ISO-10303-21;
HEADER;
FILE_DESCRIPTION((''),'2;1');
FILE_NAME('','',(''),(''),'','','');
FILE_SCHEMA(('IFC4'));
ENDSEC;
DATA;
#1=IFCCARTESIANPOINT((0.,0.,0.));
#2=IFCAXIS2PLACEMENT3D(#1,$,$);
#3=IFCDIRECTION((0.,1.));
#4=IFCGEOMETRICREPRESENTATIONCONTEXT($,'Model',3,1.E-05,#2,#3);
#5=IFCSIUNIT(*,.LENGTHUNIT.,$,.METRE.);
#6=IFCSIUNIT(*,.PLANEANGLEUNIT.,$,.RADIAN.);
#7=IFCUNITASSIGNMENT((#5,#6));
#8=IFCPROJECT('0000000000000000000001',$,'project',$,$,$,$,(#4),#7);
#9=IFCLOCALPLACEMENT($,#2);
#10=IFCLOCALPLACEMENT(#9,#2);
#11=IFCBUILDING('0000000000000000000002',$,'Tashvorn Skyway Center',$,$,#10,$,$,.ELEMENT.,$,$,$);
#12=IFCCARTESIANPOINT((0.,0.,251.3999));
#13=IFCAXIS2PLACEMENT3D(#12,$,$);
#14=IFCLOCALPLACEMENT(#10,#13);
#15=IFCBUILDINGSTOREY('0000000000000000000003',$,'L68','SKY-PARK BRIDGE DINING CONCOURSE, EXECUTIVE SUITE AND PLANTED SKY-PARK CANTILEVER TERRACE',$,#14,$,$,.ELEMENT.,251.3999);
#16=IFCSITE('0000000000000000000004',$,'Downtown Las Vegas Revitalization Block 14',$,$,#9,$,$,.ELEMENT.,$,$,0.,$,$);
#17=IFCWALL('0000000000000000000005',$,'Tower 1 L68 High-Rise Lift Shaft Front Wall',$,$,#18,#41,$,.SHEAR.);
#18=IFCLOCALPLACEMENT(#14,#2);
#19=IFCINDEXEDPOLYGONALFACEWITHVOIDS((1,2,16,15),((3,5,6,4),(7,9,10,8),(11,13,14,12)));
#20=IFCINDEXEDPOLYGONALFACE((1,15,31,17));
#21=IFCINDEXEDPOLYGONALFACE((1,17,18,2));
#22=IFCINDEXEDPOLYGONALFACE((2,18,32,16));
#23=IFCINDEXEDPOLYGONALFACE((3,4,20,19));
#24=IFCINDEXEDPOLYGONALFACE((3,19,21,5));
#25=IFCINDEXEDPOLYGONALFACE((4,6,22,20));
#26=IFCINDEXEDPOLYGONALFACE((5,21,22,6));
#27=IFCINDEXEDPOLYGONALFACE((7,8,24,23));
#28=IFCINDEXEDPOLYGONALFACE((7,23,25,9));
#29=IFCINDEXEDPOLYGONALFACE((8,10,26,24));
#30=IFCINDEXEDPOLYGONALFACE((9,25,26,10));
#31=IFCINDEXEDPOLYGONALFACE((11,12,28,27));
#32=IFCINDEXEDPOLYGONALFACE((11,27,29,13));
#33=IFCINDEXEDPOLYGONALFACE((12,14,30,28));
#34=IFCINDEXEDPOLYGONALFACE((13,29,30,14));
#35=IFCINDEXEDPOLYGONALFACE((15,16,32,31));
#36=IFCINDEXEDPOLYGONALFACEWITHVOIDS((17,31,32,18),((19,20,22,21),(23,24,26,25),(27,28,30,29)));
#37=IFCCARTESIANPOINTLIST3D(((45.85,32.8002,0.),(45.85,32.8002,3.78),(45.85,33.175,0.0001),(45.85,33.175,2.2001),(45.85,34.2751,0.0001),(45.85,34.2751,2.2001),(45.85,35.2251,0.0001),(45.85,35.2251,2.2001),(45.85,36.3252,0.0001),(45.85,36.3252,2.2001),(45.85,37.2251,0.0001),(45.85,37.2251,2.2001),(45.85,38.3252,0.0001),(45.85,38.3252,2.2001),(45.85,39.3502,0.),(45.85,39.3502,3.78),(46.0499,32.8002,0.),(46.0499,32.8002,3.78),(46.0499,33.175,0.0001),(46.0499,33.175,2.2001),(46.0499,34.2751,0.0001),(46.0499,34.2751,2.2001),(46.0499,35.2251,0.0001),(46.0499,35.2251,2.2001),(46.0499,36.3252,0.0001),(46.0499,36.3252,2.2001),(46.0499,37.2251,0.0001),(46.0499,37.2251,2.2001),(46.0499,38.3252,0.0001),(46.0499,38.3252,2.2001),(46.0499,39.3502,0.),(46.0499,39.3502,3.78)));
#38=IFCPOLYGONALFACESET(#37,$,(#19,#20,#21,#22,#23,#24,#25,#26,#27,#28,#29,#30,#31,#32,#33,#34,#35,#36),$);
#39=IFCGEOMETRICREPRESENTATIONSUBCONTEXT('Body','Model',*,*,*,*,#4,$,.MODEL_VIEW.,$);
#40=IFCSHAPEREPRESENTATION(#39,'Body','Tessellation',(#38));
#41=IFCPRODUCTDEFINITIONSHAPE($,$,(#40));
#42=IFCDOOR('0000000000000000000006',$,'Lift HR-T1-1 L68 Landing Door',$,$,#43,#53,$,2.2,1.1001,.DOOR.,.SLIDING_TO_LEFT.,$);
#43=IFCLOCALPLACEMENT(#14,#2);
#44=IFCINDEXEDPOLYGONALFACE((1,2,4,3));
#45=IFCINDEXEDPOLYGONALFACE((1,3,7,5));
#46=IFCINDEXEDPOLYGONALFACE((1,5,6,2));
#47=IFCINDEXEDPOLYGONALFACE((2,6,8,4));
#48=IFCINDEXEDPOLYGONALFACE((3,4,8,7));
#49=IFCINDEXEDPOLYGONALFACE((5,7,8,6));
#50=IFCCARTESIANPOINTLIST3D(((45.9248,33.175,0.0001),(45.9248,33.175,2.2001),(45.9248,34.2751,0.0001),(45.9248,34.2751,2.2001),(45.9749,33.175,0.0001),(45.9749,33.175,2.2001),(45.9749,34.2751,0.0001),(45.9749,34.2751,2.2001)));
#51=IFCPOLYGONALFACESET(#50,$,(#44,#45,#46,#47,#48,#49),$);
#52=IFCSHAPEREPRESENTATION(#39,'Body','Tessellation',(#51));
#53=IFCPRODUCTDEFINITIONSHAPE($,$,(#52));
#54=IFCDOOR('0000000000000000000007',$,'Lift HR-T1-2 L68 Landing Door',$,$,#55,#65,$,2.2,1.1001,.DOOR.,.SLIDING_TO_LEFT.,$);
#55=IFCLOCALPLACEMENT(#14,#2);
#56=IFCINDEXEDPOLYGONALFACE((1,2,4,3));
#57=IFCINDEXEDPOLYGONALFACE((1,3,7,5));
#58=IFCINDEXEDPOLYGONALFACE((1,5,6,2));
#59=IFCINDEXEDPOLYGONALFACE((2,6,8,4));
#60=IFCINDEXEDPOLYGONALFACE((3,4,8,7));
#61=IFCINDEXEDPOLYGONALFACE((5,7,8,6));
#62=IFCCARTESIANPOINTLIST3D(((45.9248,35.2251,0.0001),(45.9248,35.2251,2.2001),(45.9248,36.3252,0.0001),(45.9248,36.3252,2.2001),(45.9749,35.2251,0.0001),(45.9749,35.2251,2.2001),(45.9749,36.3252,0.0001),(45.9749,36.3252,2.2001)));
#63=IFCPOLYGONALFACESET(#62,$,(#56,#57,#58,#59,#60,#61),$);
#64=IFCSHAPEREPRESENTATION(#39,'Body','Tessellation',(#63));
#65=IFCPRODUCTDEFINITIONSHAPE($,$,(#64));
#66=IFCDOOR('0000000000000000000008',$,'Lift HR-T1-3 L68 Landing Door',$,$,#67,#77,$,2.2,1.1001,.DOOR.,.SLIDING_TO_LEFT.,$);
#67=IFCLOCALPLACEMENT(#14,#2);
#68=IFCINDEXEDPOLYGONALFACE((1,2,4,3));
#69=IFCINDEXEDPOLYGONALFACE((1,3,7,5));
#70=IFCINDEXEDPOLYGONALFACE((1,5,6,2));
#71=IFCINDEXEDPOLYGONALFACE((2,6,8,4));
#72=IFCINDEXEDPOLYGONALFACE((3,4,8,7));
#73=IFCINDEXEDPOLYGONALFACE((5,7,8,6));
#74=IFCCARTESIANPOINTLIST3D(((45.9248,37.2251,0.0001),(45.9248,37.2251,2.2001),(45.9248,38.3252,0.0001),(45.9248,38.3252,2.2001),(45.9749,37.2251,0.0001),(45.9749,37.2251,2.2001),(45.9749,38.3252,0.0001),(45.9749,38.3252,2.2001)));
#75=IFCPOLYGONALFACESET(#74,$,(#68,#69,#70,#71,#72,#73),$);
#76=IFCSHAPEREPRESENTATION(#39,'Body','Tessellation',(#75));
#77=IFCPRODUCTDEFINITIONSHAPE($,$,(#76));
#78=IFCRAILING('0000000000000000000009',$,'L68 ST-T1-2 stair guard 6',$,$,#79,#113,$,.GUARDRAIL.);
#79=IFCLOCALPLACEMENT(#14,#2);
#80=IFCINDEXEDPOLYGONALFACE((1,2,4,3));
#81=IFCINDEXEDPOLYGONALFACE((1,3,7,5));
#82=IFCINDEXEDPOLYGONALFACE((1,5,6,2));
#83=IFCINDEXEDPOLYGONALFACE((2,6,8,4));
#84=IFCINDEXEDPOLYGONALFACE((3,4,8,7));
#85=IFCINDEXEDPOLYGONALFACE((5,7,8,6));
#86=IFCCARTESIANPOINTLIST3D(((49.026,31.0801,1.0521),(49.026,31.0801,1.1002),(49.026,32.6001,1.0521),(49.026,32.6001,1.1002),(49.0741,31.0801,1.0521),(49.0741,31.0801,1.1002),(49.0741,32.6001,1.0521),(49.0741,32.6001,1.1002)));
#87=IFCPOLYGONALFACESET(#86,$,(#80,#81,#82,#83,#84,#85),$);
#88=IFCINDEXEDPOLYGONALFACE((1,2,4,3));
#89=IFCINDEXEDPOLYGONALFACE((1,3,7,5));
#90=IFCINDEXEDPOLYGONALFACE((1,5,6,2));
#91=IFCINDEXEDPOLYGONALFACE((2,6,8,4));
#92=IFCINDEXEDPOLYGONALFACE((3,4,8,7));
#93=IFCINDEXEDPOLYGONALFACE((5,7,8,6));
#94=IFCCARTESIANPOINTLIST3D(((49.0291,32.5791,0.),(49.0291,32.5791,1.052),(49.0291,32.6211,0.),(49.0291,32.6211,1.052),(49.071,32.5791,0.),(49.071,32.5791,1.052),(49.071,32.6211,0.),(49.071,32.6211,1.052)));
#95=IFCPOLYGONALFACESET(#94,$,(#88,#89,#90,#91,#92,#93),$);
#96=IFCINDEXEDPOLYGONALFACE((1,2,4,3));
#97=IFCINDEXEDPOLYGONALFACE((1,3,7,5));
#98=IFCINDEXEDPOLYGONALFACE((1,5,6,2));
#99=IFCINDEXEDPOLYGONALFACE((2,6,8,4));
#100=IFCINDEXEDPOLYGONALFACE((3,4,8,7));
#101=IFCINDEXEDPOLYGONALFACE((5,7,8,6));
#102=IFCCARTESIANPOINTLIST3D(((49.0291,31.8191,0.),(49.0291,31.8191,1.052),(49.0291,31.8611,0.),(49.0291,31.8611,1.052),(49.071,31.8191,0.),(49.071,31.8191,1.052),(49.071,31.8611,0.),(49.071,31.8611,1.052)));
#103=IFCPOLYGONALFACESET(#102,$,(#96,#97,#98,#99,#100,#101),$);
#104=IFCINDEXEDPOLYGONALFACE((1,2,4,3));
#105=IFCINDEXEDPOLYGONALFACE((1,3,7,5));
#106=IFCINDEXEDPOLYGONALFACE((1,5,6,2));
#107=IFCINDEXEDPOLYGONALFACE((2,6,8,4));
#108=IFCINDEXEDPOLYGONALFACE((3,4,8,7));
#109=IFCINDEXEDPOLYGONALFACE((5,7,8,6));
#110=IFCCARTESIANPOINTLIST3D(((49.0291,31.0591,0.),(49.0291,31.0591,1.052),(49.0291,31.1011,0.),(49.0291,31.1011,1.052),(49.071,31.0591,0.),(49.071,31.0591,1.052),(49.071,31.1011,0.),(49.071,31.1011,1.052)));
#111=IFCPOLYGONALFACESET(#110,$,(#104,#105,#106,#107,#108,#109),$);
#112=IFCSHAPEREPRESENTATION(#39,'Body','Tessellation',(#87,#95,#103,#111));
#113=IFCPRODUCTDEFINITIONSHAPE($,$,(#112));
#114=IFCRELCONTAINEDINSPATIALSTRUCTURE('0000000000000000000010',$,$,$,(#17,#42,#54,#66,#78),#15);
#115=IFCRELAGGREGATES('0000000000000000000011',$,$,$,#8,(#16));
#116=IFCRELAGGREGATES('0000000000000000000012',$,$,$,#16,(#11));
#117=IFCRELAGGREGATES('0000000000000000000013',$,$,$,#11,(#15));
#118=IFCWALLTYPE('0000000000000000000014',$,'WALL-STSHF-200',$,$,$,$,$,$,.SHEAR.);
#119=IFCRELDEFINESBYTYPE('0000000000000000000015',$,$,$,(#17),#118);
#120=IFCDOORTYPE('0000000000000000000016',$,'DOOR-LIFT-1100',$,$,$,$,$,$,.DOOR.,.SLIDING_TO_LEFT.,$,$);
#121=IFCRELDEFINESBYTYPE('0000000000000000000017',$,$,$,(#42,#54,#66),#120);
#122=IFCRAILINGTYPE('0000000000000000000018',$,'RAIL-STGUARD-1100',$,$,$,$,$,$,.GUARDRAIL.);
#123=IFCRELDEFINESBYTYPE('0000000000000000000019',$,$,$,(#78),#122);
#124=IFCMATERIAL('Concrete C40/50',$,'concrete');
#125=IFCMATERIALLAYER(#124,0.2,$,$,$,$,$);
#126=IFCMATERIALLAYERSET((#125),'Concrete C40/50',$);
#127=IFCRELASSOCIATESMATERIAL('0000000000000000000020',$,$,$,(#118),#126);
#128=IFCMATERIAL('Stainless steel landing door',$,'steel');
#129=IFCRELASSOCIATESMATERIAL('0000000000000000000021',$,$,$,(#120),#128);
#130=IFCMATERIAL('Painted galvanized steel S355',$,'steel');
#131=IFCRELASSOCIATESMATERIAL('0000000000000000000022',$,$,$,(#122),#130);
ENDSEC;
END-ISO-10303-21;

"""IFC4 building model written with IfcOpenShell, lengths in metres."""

from ifc_helpers import new_model, si_unit, direction, frame, frame_2d, origin, origin_2d, place, context, subcontext, project, spatial, rectangle, extrude, material, layer, layer_set, type_object, element, fill, save


model = new_model("IFC4")

# Units and contexts
model_context = context("Model", 3, precision=1e-05, world=origin(), true_north=direction((0.0, 1.0)))
body_context = subcontext(model_context, "Body", "Model", "MODEL_VIEW")
ifc_project = project(units=[si_unit("LENGTHUNIT", "METRE"), si_unit("PLANEANGLEUNIT", "RADIAN")], contexts=[model_context])

# Site, building, storey
site_placement = place(None, origin())
site = spatial("IfcSite", under=ifc_project, at=site_placement, Name="Downtown Las Vegas Revitalization Block 14", CompositionType="ELEMENT", RefElevation=0.0)
building_placement = place(site_placement, origin())
building = spatial("IfcBuilding", under=site, at=building_placement, Name="Tashvorn Skyway Center", CompositionType="ELEMENT")
storey_placement = place(building_placement, frame((0.0, 0.0, 251.3999)))
storey = spatial("IfcBuildingStorey", under=building, at=storey_placement, Name="L68", Description="SKY-PARK BRIDGE DINING CONCOURSE, EXECUTIVE SUITE AND PLANTED SKY-PARK CANTILEVER TERRACE", CompositionType="ELEMENT", Elevation=251.3999)

# Shared definitions
ifc_material_1 = material(Name="Concrete C40/50", Category="concrete")

# Shared definitions
ifc_layer_1 = layer(ifc_material_1, 0.2)
ifc_layer_set_1 = layer_set([ifc_layer_1], Name="Concrete C40/50")
wall_type_1 = type_object("IfcWallType", Name="WALL-STSHF-200", PredefinedType="SHEAR", material=ifc_layer_set_1)

# Wall, openings, doors
wall_1_placement = place(storey_placement, frame((45.95, 39.3501, 0.0), z_axis=(0.0, 0.0, 1.0), x_axis=(0.0, -1.0, 0.0)))
wall_1 = element("IfcWall", 1, at=wall_1_placement, inside=storey, type_object=wall_type_1, Name="Tower 1 L68 High-Rise Lift Shaft Front Wall", PredefinedType="SHEAR", context=body_context, shape_type="SweptSolid", body=[
    extrude(rectangle(XDim=6.55, YDim=0.2, at=frame_2d((3.2749, 0.0))), origin(), (0.0, 0.0, 1.0), 3.78),
])
opening_1_placement = place(wall_1_placement, frame((5.075, 0.0, 0.0)))
opening_1 = element("IfcOpeningElement", 2, at=opening_1_placement, cuts=wall_1, PredefinedType="OPENING", context=body_context, shape_type="SweptSolid", body=[
    extrude(rectangle(XDim=1.1001, YDim=2.2, at=frame_2d((0.55, 1.1001))), frame((0.0, 0.1099, 0.0), z_axis=(0.0, -1.0, 0.0), x_axis=(1.0, 0.0, 0.0)), (0.0, 0.0, 1.0), 0.22),
])
opening_2_placement = place(wall_1_placement, frame((3.0249, 0.0, 0.0)))
opening_2 = element("IfcOpeningElement", 3, at=opening_2_placement, cuts=wall_1, PredefinedType="OPENING", context=body_context, shape_type="SweptSolid", body=[
    extrude(rectangle(XDim=1.1001, YDim=2.2, at=frame_2d((0.55, 1.1001))), frame((0.0, 0.1099, 0.0), z_axis=(0.0, -1.0, 0.0), x_axis=(1.0, 0.0, 0.0)), (0.0, 0.0, 1.0), 0.22),
])
opening_3_placement = place(wall_1_placement, frame((1.0249, 0.0, 0.0)))
opening_3 = element("IfcOpeningElement", 4, at=opening_3_placement, cuts=wall_1, PredefinedType="OPENING", context=body_context, shape_type="SweptSolid", body=[
    extrude(rectangle(XDim=1.1001, YDim=2.2, at=frame_2d((0.55, 1.1001))), frame((0.0, 0.1099, 0.0), z_axis=(0.0, -1.0, 0.0), x_axis=(1.0, 0.0, 0.0)), (0.0, 0.0, 1.0), 0.22),
])
ifc_material_2 = material(Name="Stainless steel landing door", Category="steel")
door_type_1 = type_object("IfcDoorType", Name="DOOR-LIFT-1100", OperationType="SLIDING_TO_LEFT", PredefinedType="DOOR", material=ifc_material_2)
door_1_placement = place(opening_1_placement, origin())
door_1 = element("IfcDoor", 5, at=door_1_placement, inside=storey, type_object=door_type_1, Name="Lift HR-T1-1 L68 Landing Door", OperationType="SLIDING_TO_LEFT", OverallHeight=2.2, OverallWidth=1.1001, PredefinedType="DOOR", context=body_context, shape_type="SweptSolid", body=[
    extrude(rectangle(XDim=1.1001, YDim=2.2, at=frame_2d((0.55, 1.1001))), frame((0.0, 0.0249, 0.0), z_axis=(0.0, -1.0, 0.0), x_axis=(1.0, 0.0, 0.0)), (0.0, 0.0, 1.0), 0.05),
])
fill(opening_1, door_1)
door_2_placement = place(opening_2_placement, origin())
door_2 = element("IfcDoor", 6, at=door_2_placement, inside=storey, type_object=door_type_1, Name="Lift HR-T1-2 L68 Landing Door", OperationType="SLIDING_TO_LEFT", OverallHeight=2.2, OverallWidth=1.1001, PredefinedType="DOOR", context=body_context, shape_type="SweptSolid", body=[
    extrude(rectangle(XDim=1.1001, YDim=2.2, at=frame_2d((0.55, 1.1001))), frame((0.0, 0.0249, 0.0), z_axis=(0.0, -1.0, 0.0), x_axis=(1.0, 0.0, 0.0)), (0.0, 0.0, 1.0), 0.05),
])
fill(opening_2, door_2)
door_3_placement = place(opening_3_placement, origin())
door_3 = element("IfcDoor", 7, at=door_3_placement, inside=storey, type_object=door_type_1, Name="Lift HR-T1-3 L68 Landing Door", OperationType="SLIDING_TO_LEFT", OverallHeight=2.2, OverallWidth=1.1001, PredefinedType="DOOR", context=body_context, shape_type="SweptSolid", body=[
    extrude(rectangle(XDim=1.1001, YDim=2.2, at=frame_2d((0.55, 1.1001))), frame((0.0, 0.0249, 0.0), z_axis=(0.0, -1.0, 0.0), x_axis=(1.0, 0.0, 0.0)), (0.0, 0.0, 1.0), 0.05),
])
fill(opening_3, door_3)

# Railing
ifc_material_3 = material(Name="Painted galvanized steel S355", Category="steel")
railing_type = type_object("IfcRailingType", Name="RAIL-STGUARD-1100", PredefinedType="GUARDRAIL", material=ifc_material_3)
railing_placement = place(storey_placement, frame((49.05, 32.6001, 0.0)))
element("IfcRailing", 8, at=railing_placement, inside=storey, type_object=railing_type, Name="L68 ST-T1-2 stair guard 6", PredefinedType="GUARDRAIL", context=body_context, shape_type="SweptSolid", body=[
    extrude(rectangle(XDim=0.0481, YDim=0.0481, at=origin_2d()), frame((0.0, 0.0, 1.0762), z_axis=(0.0, -1.0, 0.0), x_axis=(1.0, 0.0, 0.0)), (0.0, 0.0, 1.0), 1.52),
    extrude(rectangle(XDim=0.042, YDim=0.042, at=origin_2d()), origin(), (0.0, 0.0, 1.0), 1.052),
    extrude(rectangle(XDim=0.042, YDim=0.042, at=origin_2d()), frame((0.0, -0.76, 0.0)), (0.0, 0.0, 1.0), 1.052),
    extrude(rectangle(XDim=0.042, YDim=0.042, at=origin_2d()), frame((0.0, -1.52, 0.0)), (0.0, 0.0, 1.0), 1.052),
])

save(model, "model.ifc")
